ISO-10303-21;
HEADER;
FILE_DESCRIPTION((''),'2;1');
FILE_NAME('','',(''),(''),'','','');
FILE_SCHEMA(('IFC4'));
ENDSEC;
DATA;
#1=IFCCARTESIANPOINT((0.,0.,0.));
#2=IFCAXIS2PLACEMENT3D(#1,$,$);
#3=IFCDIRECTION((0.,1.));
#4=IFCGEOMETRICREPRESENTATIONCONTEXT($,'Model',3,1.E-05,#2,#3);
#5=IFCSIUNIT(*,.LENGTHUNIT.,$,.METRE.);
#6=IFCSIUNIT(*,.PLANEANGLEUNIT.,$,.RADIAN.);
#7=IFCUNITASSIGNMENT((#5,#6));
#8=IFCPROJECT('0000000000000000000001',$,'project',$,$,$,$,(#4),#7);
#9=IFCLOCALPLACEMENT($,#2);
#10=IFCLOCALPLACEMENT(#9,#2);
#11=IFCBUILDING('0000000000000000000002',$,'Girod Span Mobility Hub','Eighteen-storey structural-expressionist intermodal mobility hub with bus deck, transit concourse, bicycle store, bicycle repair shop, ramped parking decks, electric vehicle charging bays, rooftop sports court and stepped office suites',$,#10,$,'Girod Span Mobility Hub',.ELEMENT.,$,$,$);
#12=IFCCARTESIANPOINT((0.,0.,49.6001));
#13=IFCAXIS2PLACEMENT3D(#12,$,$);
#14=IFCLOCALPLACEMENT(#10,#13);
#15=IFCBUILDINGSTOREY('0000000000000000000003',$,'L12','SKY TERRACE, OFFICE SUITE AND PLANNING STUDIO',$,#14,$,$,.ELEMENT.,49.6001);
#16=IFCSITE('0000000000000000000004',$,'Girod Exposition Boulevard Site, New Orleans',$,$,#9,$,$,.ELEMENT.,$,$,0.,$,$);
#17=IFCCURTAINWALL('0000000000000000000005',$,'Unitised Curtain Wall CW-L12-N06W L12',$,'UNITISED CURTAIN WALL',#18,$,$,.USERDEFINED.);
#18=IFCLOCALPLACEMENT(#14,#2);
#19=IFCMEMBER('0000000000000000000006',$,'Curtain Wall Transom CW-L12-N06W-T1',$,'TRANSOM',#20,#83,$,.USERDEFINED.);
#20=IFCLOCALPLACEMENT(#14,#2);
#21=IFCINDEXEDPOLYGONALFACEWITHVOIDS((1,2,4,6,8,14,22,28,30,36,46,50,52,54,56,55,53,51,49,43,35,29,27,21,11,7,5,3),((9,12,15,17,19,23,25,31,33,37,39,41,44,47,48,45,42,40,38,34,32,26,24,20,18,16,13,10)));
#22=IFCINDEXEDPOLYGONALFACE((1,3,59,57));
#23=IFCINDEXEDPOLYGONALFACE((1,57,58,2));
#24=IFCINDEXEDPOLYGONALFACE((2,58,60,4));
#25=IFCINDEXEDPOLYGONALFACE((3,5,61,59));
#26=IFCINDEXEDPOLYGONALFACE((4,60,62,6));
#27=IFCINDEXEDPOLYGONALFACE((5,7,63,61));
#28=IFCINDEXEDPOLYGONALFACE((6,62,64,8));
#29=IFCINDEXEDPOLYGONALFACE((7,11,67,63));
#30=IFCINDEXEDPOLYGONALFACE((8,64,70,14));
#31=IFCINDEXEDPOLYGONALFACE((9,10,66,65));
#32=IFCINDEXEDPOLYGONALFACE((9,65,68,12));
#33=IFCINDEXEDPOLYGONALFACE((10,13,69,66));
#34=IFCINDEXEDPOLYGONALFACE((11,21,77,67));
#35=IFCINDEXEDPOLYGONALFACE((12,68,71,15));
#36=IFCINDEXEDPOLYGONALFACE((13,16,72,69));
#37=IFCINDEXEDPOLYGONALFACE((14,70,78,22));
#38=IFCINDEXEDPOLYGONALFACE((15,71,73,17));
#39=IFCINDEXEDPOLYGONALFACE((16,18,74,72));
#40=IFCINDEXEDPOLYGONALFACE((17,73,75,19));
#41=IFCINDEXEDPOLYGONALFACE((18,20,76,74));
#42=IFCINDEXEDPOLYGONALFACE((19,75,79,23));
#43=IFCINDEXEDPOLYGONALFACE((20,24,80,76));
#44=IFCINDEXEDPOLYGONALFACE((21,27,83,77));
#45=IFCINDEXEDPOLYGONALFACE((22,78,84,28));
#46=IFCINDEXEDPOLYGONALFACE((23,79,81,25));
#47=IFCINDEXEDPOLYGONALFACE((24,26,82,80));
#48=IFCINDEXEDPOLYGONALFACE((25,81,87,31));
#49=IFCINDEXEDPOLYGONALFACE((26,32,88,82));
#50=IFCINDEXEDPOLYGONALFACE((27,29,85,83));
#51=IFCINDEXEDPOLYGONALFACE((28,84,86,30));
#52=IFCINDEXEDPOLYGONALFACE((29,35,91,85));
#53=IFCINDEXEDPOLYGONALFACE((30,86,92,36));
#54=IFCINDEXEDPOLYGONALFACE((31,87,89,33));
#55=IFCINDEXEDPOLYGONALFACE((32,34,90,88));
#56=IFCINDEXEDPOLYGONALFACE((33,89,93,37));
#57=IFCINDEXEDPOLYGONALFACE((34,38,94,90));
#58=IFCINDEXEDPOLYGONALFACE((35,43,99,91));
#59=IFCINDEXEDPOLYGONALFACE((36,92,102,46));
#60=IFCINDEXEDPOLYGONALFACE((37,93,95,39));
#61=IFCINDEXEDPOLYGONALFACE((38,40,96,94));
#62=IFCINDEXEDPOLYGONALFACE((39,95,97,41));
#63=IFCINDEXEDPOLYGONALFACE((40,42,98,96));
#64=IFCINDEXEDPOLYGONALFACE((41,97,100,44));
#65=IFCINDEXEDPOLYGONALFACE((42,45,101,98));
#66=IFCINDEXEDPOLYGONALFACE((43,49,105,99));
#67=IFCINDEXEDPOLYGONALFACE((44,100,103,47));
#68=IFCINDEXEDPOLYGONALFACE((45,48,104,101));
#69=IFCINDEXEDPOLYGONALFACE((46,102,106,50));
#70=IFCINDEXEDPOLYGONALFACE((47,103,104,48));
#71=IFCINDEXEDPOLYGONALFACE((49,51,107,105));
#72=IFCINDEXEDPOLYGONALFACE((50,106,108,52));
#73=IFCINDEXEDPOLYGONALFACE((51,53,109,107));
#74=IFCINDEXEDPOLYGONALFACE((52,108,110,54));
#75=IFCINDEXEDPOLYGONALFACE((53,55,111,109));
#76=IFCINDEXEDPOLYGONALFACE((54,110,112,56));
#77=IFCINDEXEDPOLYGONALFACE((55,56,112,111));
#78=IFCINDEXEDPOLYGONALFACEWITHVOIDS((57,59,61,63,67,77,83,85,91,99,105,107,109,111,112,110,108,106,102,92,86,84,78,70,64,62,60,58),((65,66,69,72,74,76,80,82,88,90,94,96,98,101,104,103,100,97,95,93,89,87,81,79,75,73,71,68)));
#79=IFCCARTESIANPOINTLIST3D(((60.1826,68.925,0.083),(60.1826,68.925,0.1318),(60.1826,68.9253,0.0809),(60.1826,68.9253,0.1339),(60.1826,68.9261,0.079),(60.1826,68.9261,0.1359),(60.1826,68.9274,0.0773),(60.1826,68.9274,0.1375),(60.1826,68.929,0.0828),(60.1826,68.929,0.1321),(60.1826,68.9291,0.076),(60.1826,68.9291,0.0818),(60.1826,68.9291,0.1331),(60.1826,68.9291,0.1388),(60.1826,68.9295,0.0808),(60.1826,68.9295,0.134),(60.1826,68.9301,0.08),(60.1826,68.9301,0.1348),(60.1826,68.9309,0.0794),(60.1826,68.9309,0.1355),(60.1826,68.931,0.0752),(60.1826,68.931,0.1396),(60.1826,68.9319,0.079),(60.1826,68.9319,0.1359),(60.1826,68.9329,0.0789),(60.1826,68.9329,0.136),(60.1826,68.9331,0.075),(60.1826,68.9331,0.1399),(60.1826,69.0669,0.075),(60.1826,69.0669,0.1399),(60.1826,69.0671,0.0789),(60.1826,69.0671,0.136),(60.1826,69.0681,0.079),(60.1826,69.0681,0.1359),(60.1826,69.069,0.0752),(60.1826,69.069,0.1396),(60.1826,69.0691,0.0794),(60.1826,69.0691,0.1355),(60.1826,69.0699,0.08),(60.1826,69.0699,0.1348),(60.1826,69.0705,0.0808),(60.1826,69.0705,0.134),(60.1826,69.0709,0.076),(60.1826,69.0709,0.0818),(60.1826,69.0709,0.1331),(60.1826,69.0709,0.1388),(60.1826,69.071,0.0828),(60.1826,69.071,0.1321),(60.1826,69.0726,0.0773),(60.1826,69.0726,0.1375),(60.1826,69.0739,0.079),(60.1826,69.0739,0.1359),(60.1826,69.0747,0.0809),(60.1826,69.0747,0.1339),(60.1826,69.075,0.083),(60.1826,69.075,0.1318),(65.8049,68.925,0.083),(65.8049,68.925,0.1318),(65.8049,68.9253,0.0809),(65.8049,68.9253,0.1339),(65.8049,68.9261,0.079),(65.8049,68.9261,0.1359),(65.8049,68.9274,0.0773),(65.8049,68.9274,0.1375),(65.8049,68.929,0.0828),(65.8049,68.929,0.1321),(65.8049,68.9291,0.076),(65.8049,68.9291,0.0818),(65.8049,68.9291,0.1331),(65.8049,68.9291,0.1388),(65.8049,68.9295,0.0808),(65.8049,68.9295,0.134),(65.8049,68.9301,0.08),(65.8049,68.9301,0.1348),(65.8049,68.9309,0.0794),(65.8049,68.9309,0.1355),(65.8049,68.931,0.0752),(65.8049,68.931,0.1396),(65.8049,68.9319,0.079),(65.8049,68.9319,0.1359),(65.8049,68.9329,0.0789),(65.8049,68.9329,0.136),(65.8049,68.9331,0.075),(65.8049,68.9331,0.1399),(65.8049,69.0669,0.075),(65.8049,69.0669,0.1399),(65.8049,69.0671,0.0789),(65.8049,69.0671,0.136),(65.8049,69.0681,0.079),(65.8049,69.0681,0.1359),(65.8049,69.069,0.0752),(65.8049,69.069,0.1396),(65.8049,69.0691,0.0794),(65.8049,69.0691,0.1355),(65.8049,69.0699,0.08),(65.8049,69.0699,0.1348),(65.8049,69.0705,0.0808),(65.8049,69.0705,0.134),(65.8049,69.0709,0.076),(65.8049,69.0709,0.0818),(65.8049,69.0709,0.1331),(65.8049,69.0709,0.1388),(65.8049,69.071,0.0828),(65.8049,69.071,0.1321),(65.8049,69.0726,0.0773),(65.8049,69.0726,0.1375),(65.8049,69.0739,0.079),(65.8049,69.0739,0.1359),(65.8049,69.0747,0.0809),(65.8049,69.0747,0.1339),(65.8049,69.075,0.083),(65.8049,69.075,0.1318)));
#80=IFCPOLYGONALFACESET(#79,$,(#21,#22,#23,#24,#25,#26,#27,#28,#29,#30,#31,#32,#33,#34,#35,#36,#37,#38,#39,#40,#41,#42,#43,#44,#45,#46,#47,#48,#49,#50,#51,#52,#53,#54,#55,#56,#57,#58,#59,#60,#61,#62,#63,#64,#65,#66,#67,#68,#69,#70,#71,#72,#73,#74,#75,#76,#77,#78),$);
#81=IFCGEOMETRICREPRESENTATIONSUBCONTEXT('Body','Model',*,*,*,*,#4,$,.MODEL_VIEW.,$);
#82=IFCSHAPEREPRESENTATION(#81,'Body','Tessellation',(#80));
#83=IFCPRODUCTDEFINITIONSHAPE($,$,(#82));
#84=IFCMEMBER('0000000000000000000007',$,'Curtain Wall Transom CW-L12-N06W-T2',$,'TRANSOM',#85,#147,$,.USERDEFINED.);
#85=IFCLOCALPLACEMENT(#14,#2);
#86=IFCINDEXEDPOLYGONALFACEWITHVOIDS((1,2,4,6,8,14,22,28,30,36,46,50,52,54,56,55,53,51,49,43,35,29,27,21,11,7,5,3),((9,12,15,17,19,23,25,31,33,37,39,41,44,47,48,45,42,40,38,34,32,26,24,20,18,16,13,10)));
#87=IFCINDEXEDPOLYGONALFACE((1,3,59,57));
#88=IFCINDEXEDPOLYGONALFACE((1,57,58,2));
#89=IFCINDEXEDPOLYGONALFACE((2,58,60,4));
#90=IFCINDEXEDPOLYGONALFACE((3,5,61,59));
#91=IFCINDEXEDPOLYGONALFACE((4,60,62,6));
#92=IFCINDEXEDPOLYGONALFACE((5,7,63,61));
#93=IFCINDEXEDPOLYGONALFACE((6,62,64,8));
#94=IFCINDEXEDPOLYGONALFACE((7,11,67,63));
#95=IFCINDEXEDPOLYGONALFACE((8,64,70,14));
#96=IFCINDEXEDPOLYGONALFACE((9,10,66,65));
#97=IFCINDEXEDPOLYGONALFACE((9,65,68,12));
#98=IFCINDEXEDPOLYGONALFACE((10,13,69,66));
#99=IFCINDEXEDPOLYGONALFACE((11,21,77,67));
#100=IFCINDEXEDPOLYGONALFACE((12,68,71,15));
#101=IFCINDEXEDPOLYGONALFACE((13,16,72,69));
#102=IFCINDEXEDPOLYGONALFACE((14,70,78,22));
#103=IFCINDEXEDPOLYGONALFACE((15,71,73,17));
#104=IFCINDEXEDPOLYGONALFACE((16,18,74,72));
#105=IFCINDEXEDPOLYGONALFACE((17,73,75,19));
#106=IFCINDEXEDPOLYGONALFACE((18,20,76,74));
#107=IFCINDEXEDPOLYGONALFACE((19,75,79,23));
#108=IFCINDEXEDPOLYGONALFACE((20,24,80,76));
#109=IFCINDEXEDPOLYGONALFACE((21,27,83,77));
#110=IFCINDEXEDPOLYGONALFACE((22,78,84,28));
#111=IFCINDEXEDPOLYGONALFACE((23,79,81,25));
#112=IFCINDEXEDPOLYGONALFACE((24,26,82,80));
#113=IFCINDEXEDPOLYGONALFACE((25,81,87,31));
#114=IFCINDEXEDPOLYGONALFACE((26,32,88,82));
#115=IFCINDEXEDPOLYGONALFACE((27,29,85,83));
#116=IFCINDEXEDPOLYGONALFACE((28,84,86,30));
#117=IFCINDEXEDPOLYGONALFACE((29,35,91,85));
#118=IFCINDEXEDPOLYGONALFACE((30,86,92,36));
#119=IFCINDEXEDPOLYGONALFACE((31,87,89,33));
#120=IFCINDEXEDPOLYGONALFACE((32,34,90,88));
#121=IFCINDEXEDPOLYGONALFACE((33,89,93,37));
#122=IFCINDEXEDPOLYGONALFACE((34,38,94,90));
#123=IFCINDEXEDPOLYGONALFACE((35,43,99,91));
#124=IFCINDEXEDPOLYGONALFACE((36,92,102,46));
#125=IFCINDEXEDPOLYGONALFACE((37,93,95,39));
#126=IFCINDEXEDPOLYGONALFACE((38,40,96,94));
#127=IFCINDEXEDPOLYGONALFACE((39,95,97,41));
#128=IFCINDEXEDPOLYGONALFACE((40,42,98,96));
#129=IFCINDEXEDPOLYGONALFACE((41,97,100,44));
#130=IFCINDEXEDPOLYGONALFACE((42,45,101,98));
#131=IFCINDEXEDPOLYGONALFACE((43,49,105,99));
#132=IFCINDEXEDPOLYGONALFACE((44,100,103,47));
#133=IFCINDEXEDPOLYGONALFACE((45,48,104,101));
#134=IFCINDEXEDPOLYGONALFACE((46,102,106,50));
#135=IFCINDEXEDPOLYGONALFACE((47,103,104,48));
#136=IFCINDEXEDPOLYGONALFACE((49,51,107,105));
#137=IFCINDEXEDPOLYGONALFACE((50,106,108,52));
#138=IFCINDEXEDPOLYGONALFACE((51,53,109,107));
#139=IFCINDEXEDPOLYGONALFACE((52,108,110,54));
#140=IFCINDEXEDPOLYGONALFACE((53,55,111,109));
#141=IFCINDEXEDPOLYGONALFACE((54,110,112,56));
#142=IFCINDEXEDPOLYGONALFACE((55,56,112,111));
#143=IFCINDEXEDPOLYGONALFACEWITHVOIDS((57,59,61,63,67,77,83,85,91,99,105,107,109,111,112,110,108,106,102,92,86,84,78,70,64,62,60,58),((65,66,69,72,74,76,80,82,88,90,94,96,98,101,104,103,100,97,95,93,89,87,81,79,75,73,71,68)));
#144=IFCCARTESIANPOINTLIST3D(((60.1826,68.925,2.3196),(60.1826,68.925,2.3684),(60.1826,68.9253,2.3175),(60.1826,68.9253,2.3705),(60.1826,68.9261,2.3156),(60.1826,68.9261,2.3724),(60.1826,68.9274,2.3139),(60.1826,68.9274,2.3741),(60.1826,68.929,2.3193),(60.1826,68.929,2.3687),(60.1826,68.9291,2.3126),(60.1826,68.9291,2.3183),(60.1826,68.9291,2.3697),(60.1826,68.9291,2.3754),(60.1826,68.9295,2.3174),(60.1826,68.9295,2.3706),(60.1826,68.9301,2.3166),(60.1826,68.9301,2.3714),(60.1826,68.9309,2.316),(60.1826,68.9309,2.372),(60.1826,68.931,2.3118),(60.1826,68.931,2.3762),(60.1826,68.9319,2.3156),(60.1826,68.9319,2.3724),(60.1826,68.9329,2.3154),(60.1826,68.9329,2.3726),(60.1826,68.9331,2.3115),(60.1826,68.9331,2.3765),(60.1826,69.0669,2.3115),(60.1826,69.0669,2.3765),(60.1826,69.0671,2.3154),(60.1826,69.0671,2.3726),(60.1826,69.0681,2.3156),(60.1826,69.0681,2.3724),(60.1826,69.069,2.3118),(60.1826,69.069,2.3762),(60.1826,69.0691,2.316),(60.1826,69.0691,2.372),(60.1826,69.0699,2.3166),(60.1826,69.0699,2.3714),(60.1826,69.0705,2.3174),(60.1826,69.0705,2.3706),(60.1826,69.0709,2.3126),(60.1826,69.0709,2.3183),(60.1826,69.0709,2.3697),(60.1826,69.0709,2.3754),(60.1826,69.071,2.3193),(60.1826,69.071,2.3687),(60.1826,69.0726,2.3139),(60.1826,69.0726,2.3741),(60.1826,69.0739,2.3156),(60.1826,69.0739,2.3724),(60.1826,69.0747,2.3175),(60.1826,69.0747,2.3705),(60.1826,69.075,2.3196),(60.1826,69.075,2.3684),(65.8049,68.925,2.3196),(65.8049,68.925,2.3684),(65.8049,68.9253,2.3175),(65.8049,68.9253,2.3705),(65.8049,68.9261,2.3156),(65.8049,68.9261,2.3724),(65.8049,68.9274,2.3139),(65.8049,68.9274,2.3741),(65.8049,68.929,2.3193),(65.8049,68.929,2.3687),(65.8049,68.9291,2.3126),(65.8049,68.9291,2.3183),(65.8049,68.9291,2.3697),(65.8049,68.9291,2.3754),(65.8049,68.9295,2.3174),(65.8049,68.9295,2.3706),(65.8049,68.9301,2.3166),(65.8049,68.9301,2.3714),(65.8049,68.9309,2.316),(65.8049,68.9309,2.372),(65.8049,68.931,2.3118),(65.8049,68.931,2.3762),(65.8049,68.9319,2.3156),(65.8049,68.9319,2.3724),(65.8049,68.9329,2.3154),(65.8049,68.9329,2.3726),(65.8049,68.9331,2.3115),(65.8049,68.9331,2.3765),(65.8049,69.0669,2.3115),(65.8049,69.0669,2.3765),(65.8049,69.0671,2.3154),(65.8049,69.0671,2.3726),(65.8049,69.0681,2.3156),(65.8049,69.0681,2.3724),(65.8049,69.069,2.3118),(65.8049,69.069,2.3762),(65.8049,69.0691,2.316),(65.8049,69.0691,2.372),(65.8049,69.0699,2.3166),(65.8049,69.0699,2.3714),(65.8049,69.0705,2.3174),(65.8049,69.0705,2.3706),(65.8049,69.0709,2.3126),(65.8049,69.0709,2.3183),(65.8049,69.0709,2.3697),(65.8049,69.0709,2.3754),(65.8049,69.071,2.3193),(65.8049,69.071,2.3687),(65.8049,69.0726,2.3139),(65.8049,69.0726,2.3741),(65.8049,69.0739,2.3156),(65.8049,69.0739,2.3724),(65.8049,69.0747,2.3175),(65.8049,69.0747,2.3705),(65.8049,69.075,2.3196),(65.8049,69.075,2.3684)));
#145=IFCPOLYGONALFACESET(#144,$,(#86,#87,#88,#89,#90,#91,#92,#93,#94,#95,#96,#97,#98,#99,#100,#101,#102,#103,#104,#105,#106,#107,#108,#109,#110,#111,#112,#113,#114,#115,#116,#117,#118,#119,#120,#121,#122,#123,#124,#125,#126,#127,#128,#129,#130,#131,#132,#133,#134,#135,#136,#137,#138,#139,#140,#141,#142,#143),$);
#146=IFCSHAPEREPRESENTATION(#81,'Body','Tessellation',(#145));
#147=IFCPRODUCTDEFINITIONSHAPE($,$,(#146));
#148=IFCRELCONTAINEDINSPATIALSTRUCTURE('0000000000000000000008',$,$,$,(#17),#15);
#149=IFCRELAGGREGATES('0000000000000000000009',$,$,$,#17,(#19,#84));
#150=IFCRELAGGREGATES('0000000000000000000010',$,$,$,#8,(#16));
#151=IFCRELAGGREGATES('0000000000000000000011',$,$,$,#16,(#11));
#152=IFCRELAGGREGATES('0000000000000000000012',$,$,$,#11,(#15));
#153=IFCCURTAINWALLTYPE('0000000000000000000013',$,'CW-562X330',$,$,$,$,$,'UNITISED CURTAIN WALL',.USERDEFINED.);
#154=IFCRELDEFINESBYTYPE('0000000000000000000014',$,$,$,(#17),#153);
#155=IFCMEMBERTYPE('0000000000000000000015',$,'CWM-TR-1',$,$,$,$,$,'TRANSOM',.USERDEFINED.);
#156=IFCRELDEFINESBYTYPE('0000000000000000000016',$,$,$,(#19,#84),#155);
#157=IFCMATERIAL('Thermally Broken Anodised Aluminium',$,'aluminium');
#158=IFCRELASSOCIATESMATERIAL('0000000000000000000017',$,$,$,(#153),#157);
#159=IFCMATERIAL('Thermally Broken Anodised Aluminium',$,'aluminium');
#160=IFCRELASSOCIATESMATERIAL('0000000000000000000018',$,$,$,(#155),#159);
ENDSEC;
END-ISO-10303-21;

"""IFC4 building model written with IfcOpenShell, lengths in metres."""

from ifc_helpers import new_model, si_unit, direction, frame, origin, origin_2d, place, context, subcontext, project, spatial, hollow_rectangle, extrude, material, material_profile, profile_set, type_object, element, aggregate, save


model = new_model("IFC4")

# Units and contexts
model_context = context("Model", 3, precision=1e-05, world=origin(), true_north=direction((0.0, 1.0)))
body_context = subcontext(model_context, "Body", "Model", "MODEL_VIEW")
ifc_project = project(units=[si_unit("LENGTHUNIT", "METRE"), si_unit("PLANEANGLEUNIT", "RADIAN")], contexts=[model_context])

# Site, building, storey
site_placement = place(None, origin())
site = spatial("IfcSite", under=ifc_project, at=site_placement, Name="Girod Exposition Boulevard Site, New Orleans", CompositionType="ELEMENT", RefElevation=0.0)
building_placement = place(site_placement, origin())
building = spatial("IfcBuilding", under=site, at=building_placement, Name="Girod Span Mobility Hub", Description="Eighteen-storey structural-expressionist intermodal mobility hub with bus deck, transit concourse, bicycle store, bicycle repair shop, ramped parking decks, electric vehicle charging bays, rooftop sports court and stepped office suites", LongName="Girod Span Mobility Hub", CompositionType="ELEMENT")
storey_placement = place(building_placement, frame((0.0, 0.0, 49.6001)))
storey = spatial("IfcBuildingStorey", under=building, at=storey_placement, Name="L12", Description="SKY TERRACE, OFFICE SUITE AND PLANNING STUDIO", CompositionType="ELEMENT", Elevation=49.6001)

# Curtain wall
ifc_material_1 = material(Name="Thermally Broken Anodised Aluminium", Category="aluminium")
curtain_wall_type = type_object("IfcCurtainWallType", Name="CW-562X330", ElementType="UNITISED CURTAIN WALL", PredefinedType="USERDEFINED", material=ifc_material_1)
curtain_wall_1_placement = place(storey_placement, origin())
curtain_wall_1 = element("IfcCurtainWall", 1, at=curtain_wall_1_placement, inside=storey, type_object=curtain_wall_type, Name="Unitised Curtain Wall CW-L12-N06W L12", ObjectType="UNITISED CURTAIN WALL", PredefinedType="USERDEFINED")

# Members
ifc_material_2 = material(Name="Thermally Broken Anodised Aluminium", Category="aluminium")
ifc_material_profile_1 = material_profile(ifc_material_2, hollow_rectangle(XDim=0.1499, YDim=0.0649, WallThickness=0.0039, InnerFilletRadius=0.0039, OuterFilletRadius=0.0081, at=origin_2d()), Name="CW-TR-65X150")
ifc_profile_set_1 = profile_set([ifc_material_profile_1], Name="Thermally Broken Anodised Aluminium")
member_type_1 = type_object("IfcMemberType", Name="CWM-TR-1", ElementType="TRANSOM", PredefinedType="USERDEFINED", material=ifc_profile_set_1)
member_1_placement = place(storey_placement, frame((60.1826, 69.0, 0.1074), z_axis=(1.0, 0.0, 0.0), x_axis=(0.0, 1.0, 0.0)))
member_1 = element("IfcMember", 2, at=member_1_placement, type_object=member_type_1, Name="Curtain Wall Transom CW-L12-N06W-T1", ObjectType="TRANSOM", PredefinedType="USERDEFINED", context=body_context, shape_type="SweptSolid", body=[
    extrude(hollow_rectangle(XDim=0.1499, YDim=0.0649, WallThickness=0.0039, InnerFilletRadius=0.0039, OuterFilletRadius=0.0081, at=origin_2d()), origin(), (0.0, 0.0, 1.0), 5.6223),
])
member_2_placement = place(storey_placement, frame((60.1826, 69.0, 2.344), z_axis=(1.0, 0.0, 0.0), x_axis=(0.0, 1.0, 0.0)))
member_2 = element("IfcMember", 3, at=member_2_placement, type_object=member_type_1, Name="Curtain Wall Transom CW-L12-N06W-T2", ObjectType="TRANSOM", PredefinedType="USERDEFINED", context=body_context, shape_type="SweptSolid", body=[
    extrude(hollow_rectangle(XDim=0.1499, YDim=0.0649, WallThickness=0.0039, InnerFilletRadius=0.0039, OuterFilletRadius=0.0081, at=origin_2d()), origin(), (0.0, 0.0, 1.0), 5.6223),
])

aggregate(curtain_wall_1, [member_1, member_2])

save(model, "model.ifc")
